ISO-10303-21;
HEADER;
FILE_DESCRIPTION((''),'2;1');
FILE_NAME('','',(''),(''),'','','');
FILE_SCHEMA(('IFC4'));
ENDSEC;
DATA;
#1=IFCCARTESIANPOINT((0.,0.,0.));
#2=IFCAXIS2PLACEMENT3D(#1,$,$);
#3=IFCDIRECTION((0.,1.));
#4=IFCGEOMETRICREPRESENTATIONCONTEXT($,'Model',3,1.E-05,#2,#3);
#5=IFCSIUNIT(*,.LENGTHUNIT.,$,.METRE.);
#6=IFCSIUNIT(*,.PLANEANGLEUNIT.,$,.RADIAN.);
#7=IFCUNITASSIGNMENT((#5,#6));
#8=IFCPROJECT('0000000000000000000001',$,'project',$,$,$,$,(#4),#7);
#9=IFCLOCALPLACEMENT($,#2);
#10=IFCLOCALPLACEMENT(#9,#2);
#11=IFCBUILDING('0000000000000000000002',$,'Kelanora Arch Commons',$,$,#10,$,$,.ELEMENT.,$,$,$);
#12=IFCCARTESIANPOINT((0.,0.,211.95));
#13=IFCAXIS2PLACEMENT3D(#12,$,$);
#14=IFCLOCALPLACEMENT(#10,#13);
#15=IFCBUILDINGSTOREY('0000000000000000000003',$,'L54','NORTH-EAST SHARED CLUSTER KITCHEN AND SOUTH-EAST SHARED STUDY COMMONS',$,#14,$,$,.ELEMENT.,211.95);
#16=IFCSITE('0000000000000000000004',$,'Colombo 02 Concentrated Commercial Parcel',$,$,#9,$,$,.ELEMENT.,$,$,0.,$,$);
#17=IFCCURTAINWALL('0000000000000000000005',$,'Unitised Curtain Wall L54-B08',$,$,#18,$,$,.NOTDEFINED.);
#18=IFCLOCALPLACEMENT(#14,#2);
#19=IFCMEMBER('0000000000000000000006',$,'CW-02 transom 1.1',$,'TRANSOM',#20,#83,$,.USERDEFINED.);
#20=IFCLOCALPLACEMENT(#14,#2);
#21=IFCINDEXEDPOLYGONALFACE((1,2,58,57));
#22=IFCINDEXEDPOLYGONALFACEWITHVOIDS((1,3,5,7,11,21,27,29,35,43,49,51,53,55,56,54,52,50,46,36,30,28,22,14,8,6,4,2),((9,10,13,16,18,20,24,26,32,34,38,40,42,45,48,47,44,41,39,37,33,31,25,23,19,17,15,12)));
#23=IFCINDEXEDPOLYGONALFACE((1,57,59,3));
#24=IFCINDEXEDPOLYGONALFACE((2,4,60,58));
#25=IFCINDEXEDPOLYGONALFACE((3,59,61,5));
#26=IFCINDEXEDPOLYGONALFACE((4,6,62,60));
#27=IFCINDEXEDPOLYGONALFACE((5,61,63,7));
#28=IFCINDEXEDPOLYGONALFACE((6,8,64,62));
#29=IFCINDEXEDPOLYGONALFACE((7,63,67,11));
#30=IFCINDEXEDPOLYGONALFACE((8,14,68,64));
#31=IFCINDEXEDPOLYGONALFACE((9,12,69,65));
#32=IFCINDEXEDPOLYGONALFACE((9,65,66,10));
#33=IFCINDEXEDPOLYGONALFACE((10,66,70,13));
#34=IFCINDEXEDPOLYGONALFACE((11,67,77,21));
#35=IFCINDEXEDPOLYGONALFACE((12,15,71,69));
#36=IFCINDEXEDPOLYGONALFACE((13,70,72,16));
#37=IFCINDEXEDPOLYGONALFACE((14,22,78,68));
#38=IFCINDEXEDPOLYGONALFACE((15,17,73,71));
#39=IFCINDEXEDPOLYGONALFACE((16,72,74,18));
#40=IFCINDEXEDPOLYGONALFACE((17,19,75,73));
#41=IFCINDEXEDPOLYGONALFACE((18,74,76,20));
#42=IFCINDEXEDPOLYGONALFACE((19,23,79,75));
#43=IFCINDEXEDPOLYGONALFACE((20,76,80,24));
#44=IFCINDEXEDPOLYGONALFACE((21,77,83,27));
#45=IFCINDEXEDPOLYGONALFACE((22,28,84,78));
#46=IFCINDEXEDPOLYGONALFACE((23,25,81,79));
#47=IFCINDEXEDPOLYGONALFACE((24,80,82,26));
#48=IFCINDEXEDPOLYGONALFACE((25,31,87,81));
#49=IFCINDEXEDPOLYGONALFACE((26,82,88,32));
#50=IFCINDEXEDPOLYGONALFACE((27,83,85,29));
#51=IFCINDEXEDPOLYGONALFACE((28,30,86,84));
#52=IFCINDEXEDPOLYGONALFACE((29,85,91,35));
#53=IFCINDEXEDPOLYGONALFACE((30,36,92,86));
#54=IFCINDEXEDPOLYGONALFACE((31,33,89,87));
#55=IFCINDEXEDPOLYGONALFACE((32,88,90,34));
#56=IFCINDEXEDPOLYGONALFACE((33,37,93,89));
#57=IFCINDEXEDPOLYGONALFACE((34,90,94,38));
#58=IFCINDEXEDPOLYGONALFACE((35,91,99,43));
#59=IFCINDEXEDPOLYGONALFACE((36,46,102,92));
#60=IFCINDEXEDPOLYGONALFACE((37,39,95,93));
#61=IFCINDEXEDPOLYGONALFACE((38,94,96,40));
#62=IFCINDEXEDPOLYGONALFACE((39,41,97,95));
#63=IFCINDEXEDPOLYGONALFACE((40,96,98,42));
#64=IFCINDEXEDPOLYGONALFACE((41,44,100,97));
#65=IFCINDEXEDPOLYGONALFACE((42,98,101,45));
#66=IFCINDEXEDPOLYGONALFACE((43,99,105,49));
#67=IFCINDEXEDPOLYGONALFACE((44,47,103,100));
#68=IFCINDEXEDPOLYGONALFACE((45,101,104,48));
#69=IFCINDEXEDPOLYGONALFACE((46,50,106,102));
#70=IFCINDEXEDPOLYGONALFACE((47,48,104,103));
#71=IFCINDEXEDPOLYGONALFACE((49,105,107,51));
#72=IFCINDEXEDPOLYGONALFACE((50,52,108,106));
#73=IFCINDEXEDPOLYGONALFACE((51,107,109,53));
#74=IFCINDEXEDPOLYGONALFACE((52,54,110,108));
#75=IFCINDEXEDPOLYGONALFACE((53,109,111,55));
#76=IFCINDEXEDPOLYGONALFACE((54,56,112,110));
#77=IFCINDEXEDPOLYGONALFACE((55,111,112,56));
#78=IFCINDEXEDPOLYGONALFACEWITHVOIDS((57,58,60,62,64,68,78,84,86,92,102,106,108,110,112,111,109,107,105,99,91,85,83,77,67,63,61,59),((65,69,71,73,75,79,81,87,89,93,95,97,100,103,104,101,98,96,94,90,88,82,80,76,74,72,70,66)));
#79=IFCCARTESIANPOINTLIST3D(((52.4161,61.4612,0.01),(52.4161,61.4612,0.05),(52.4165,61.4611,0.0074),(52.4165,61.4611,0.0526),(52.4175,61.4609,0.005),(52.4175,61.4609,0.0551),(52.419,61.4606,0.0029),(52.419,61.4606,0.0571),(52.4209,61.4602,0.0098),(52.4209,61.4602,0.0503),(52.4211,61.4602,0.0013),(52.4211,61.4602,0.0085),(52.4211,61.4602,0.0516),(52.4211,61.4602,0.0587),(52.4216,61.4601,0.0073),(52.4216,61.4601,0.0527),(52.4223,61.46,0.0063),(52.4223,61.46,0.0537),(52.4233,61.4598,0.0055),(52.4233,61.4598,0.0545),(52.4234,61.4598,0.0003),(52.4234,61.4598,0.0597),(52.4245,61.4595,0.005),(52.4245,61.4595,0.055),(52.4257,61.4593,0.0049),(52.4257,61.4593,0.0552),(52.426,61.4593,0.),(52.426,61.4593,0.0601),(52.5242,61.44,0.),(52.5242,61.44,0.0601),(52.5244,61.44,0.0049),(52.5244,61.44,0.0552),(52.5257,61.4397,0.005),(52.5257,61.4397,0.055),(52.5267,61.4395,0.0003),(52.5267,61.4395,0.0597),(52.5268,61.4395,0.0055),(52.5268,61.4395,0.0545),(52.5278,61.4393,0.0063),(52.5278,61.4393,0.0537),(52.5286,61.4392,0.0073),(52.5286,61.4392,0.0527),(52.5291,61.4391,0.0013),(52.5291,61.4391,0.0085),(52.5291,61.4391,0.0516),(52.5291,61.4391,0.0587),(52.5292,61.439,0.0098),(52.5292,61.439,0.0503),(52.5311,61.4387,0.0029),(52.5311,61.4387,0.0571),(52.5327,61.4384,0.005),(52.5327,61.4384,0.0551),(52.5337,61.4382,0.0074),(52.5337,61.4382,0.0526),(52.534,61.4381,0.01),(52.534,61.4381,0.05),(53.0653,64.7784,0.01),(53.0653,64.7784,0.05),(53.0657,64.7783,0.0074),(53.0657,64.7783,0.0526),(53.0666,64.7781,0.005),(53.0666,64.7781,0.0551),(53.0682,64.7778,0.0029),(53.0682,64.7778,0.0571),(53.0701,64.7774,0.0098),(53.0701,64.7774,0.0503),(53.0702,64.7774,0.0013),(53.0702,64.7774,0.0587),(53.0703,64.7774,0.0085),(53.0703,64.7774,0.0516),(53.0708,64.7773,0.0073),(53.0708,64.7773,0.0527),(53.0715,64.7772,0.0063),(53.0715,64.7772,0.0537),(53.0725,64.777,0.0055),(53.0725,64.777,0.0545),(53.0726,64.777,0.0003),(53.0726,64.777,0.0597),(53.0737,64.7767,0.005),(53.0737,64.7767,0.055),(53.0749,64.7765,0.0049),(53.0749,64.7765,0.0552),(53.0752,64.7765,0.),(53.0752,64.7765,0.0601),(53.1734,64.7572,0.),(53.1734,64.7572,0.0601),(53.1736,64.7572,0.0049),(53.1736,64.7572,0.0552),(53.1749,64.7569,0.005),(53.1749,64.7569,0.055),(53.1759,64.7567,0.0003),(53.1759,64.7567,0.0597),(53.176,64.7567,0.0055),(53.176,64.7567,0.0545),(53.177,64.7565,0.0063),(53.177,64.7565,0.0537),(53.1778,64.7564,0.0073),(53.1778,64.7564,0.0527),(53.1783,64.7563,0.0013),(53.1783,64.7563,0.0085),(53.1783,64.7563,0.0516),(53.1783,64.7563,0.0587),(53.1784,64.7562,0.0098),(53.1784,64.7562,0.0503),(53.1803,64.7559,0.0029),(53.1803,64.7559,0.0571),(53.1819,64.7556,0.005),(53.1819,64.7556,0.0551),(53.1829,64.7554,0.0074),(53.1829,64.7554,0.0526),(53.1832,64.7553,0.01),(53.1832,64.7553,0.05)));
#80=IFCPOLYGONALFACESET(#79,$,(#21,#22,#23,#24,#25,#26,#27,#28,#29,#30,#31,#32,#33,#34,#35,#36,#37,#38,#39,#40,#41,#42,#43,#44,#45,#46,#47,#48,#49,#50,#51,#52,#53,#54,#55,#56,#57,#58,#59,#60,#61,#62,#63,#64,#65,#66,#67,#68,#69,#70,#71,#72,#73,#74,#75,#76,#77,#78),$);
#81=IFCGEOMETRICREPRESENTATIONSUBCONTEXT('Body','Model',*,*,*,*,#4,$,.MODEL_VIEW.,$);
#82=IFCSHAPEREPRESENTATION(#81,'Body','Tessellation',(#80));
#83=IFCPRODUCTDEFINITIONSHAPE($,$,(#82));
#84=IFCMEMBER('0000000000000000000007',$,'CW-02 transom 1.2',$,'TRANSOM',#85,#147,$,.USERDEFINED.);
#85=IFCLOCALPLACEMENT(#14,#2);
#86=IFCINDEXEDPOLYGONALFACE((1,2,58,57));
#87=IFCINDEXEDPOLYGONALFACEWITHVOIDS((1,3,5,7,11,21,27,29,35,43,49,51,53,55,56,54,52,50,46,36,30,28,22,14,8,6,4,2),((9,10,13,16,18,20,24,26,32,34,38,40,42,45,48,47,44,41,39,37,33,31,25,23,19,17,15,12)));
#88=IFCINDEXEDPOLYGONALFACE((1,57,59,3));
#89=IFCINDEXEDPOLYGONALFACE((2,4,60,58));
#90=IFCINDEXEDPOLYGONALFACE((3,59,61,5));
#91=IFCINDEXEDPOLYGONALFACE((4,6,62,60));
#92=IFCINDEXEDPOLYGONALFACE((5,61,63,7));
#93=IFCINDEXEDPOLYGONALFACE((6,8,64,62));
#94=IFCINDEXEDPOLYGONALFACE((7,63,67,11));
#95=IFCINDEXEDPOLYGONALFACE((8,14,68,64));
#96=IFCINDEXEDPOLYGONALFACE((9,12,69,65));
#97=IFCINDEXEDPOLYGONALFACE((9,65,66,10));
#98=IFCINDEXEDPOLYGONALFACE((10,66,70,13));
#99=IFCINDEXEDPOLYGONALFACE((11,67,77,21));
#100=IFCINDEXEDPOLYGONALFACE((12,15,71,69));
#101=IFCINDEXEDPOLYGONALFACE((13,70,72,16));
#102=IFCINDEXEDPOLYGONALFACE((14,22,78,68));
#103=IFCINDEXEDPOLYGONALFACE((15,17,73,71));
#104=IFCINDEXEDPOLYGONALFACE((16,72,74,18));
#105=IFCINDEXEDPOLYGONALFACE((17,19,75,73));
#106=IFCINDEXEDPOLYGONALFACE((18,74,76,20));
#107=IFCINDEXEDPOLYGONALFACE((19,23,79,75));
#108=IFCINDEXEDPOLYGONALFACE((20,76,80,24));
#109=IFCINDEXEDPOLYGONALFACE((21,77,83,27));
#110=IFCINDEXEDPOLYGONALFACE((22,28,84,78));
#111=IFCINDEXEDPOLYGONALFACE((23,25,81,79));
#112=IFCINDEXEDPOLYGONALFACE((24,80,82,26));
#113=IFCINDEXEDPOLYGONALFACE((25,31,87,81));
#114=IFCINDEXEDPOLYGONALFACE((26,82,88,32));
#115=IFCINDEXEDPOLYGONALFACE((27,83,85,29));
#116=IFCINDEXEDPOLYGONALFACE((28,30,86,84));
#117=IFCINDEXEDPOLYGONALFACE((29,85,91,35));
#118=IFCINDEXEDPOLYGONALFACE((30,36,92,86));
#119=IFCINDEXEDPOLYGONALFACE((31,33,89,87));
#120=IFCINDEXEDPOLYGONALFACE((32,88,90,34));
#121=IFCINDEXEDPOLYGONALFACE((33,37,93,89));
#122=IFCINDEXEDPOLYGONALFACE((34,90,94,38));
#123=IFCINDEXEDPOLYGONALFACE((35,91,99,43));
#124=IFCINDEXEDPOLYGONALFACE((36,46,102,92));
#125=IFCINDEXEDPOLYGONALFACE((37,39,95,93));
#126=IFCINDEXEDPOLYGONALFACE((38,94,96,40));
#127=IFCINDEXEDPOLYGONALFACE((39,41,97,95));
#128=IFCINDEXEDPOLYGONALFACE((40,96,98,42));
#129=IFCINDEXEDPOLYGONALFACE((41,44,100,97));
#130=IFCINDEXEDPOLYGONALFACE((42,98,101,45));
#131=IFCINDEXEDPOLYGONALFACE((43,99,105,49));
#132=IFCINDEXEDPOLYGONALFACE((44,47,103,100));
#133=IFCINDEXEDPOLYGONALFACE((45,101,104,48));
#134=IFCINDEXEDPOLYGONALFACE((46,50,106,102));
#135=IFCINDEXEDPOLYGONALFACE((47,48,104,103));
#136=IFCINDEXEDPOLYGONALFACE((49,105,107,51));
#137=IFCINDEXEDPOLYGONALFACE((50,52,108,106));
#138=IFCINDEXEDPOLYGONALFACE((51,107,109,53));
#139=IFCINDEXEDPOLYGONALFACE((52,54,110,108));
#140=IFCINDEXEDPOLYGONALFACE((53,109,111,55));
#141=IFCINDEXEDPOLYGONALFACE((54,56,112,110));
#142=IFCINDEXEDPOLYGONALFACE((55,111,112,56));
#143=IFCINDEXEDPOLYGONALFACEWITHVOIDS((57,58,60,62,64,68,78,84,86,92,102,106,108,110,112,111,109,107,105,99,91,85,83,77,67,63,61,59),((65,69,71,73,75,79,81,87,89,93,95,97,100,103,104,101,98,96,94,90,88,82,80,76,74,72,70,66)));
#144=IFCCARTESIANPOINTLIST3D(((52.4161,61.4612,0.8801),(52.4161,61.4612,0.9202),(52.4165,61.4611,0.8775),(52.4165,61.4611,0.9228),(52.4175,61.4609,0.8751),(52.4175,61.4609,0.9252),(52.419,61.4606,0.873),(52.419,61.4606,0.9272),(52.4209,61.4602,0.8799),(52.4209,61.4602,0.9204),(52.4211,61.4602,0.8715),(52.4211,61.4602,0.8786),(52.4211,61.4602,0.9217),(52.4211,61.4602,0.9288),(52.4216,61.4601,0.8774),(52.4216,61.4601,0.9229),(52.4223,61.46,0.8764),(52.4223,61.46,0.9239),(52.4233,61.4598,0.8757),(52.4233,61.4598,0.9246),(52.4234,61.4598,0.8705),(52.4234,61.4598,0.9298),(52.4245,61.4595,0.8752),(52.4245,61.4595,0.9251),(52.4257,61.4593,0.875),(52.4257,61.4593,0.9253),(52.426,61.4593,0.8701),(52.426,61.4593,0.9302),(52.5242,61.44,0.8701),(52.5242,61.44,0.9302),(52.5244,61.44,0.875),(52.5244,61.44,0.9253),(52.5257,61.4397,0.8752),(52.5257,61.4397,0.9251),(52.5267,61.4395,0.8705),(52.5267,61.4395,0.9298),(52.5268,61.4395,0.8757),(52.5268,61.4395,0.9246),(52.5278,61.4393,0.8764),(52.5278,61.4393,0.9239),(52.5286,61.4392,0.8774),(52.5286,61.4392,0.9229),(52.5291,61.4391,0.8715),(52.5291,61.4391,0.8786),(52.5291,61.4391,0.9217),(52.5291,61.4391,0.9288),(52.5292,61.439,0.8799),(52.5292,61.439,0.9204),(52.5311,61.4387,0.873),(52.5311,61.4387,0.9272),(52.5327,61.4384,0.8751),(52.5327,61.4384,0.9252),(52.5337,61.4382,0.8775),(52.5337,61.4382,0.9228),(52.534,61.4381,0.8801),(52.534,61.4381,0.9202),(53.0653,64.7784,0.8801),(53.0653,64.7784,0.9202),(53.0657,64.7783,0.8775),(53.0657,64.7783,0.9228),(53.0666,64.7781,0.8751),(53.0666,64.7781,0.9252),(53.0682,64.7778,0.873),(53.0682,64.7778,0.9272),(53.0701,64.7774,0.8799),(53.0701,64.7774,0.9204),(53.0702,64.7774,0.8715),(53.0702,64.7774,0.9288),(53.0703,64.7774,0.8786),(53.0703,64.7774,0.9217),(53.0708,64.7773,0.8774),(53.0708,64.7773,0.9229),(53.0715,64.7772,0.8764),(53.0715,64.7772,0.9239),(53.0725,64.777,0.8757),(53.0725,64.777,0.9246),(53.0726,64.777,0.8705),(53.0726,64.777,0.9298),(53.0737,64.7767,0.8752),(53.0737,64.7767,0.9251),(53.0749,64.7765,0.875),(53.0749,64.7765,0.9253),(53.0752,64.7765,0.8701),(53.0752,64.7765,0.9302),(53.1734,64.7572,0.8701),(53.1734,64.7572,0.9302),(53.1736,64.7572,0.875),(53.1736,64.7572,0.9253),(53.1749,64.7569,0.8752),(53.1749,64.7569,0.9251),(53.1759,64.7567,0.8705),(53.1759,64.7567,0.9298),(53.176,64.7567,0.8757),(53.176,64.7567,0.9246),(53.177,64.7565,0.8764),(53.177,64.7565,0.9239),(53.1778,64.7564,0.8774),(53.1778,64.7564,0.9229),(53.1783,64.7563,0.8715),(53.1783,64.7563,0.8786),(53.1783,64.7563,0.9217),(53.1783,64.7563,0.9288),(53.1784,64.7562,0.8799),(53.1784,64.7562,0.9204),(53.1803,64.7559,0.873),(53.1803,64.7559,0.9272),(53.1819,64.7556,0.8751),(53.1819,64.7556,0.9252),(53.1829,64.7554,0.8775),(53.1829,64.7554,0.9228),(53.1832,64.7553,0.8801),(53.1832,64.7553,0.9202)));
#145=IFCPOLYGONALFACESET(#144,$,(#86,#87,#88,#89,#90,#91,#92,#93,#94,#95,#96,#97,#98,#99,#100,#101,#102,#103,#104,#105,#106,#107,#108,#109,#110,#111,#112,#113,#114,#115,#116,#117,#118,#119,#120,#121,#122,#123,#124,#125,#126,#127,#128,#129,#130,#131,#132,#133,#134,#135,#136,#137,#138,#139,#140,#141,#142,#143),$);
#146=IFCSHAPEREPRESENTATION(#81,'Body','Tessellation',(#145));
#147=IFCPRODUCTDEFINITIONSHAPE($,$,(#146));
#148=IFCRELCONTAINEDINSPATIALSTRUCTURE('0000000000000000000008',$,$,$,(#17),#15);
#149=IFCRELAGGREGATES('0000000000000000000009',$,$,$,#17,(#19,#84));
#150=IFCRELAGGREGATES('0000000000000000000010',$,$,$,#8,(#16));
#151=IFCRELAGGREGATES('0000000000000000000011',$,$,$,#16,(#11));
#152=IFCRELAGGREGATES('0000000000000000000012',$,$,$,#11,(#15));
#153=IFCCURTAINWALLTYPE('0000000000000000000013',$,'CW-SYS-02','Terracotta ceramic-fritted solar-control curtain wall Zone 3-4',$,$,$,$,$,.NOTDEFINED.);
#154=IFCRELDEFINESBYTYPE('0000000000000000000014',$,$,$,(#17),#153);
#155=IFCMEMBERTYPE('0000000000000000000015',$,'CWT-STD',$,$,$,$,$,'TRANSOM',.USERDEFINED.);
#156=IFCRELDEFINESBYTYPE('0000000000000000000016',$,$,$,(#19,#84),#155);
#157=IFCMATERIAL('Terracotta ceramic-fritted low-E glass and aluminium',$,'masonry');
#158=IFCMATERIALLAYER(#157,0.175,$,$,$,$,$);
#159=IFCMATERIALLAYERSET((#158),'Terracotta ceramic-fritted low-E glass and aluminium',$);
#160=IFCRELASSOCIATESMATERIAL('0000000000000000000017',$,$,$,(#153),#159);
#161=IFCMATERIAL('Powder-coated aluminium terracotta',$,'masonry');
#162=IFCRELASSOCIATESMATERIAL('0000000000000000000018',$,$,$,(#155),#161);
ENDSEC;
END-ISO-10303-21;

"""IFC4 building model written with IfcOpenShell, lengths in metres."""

from ifc_helpers import new_model, si_unit, direction, frame, origin, origin_2d, place, context, subcontext, project, spatial, hollow_rectangle, extrude, material, layer, layer_set, material_profile, profile_set, type_object, element, aggregate, save


model = new_model("IFC4")

# Units and contexts
model_context = context("Model", 3, precision=1e-05, world=origin(), true_north=direction((0.0, 1.0)))
body_context = subcontext(model_context, "Body", "Model", "MODEL_VIEW")
ifc_project = project(units=[si_unit("LENGTHUNIT", "METRE"), si_unit("PLANEANGLEUNIT", "RADIAN")], contexts=[model_context])

# Site, building, storey
site_placement = place(None, origin())
site = spatial("IfcSite", under=ifc_project, at=site_placement, Name="Colombo 02 Concentrated Commercial Parcel", CompositionType="ELEMENT", RefElevation=0.0)
building_placement = place(site_placement, origin())
building = spatial("IfcBuilding", under=site, at=building_placement, Name="Kelanora Arch Commons", CompositionType="ELEMENT")
storey_placement = place(building_placement, frame((0.0, 0.0, 211.95)))
storey = spatial("IfcBuildingStorey", under=building, at=storey_placement, Name="L54", Description="NORTH-EAST SHARED CLUSTER KITCHEN AND SOUTH-EAST SHARED STUDY COMMONS", CompositionType="ELEMENT", Elevation=211.95)

# Curtain wall, members
ifc_material_1 = material(Name="Terracotta ceramic-fritted low-E glass and aluminium", Category="masonry")
ifc_layer_1 = layer(ifc_material_1, 0.175)
ifc_layer_set_1 = layer_set([ifc_layer_1], Name="Terracotta ceramic-fritted low-E glass and aluminium")
curtain_wall_type = type_object("IfcCurtainWallType", Name="CW-SYS-02", Description="Terracotta ceramic-fritted solar-control curtain wall Zone 3-4", PredefinedType="NOTDEFINED", material=ifc_layer_set_1)
curtain_wall_placement = place(storey_placement, origin())
curtain_wall = element("IfcCurtainWall", 1, at=curtain_wall_placement, inside=storey, type_object=curtain_wall_type, Name="Unitised Curtain Wall L54-B08", PredefinedType="NOTDEFINED")
ifc_material_2 = material(Name="Powder-coated aluminium terracotta", Category="masonry")
ifc_material_profile_1 = material_profile(ifc_material_2, hollow_rectangle(XDim=0.1201, YDim=0.0601, WallThickness=0.0049, InnerFilletRadius=0.0049, OuterFilletRadius=0.01, at=origin_2d()), Name="CWT120x60")
ifc_profile_set_1 = profile_set([ifc_material_profile_1], Name="Powder-coated aluminium terracotta")
member_type_1 = type_object("IfcMemberType", Name="CWT-STD", ElementType="TRANSOM", PredefinedType="USERDEFINED", material=ifc_profile_set_1)
member_1_placement = place(storey_placement, frame((53.1243, 64.7668, 0.03), z_axis=(-0.192058, -0.981383, 0.0), x_axis=(0.981383, -0.192058, 0.0)))
member_1 = element("IfcMember", 2, at=member_1_placement, type_object=member_type_1, Name="CW-02 transom 1.1", ObjectType="TRANSOM", PredefinedType="USERDEFINED", context=body_context, shape_type="SweptSolid", body=[
    extrude(hollow_rectangle(XDim=0.1201, YDim=0.0601, WallThickness=0.0049, InnerFilletRadius=0.0049, OuterFilletRadius=0.01, at=origin_2d()), origin(), (0.0, 0.0, 1.0), 3.3801),
])
member_2_placement = place(storey_placement, frame((53.1243, 64.7668, 0.9001), z_axis=(-0.192058, -0.981383, 0.0), x_axis=(0.981383, -0.192058, 0.0)))
member_2 = element("IfcMember", 3, at=member_2_placement, type_object=member_type_1, Name="CW-02 transom 1.2", ObjectType="TRANSOM", PredefinedType="USERDEFINED", context=body_context, shape_type="SweptSolid", body=[
    extrude(hollow_rectangle(XDim=0.1201, YDim=0.0601, WallThickness=0.0049, InnerFilletRadius=0.0049, OuterFilletRadius=0.01, at=origin_2d()), origin(), (0.0, 0.0, 1.0), 3.3801),
])
aggregate(curtain_wall, [member_1, member_2])

save(model, "model.ifc")
